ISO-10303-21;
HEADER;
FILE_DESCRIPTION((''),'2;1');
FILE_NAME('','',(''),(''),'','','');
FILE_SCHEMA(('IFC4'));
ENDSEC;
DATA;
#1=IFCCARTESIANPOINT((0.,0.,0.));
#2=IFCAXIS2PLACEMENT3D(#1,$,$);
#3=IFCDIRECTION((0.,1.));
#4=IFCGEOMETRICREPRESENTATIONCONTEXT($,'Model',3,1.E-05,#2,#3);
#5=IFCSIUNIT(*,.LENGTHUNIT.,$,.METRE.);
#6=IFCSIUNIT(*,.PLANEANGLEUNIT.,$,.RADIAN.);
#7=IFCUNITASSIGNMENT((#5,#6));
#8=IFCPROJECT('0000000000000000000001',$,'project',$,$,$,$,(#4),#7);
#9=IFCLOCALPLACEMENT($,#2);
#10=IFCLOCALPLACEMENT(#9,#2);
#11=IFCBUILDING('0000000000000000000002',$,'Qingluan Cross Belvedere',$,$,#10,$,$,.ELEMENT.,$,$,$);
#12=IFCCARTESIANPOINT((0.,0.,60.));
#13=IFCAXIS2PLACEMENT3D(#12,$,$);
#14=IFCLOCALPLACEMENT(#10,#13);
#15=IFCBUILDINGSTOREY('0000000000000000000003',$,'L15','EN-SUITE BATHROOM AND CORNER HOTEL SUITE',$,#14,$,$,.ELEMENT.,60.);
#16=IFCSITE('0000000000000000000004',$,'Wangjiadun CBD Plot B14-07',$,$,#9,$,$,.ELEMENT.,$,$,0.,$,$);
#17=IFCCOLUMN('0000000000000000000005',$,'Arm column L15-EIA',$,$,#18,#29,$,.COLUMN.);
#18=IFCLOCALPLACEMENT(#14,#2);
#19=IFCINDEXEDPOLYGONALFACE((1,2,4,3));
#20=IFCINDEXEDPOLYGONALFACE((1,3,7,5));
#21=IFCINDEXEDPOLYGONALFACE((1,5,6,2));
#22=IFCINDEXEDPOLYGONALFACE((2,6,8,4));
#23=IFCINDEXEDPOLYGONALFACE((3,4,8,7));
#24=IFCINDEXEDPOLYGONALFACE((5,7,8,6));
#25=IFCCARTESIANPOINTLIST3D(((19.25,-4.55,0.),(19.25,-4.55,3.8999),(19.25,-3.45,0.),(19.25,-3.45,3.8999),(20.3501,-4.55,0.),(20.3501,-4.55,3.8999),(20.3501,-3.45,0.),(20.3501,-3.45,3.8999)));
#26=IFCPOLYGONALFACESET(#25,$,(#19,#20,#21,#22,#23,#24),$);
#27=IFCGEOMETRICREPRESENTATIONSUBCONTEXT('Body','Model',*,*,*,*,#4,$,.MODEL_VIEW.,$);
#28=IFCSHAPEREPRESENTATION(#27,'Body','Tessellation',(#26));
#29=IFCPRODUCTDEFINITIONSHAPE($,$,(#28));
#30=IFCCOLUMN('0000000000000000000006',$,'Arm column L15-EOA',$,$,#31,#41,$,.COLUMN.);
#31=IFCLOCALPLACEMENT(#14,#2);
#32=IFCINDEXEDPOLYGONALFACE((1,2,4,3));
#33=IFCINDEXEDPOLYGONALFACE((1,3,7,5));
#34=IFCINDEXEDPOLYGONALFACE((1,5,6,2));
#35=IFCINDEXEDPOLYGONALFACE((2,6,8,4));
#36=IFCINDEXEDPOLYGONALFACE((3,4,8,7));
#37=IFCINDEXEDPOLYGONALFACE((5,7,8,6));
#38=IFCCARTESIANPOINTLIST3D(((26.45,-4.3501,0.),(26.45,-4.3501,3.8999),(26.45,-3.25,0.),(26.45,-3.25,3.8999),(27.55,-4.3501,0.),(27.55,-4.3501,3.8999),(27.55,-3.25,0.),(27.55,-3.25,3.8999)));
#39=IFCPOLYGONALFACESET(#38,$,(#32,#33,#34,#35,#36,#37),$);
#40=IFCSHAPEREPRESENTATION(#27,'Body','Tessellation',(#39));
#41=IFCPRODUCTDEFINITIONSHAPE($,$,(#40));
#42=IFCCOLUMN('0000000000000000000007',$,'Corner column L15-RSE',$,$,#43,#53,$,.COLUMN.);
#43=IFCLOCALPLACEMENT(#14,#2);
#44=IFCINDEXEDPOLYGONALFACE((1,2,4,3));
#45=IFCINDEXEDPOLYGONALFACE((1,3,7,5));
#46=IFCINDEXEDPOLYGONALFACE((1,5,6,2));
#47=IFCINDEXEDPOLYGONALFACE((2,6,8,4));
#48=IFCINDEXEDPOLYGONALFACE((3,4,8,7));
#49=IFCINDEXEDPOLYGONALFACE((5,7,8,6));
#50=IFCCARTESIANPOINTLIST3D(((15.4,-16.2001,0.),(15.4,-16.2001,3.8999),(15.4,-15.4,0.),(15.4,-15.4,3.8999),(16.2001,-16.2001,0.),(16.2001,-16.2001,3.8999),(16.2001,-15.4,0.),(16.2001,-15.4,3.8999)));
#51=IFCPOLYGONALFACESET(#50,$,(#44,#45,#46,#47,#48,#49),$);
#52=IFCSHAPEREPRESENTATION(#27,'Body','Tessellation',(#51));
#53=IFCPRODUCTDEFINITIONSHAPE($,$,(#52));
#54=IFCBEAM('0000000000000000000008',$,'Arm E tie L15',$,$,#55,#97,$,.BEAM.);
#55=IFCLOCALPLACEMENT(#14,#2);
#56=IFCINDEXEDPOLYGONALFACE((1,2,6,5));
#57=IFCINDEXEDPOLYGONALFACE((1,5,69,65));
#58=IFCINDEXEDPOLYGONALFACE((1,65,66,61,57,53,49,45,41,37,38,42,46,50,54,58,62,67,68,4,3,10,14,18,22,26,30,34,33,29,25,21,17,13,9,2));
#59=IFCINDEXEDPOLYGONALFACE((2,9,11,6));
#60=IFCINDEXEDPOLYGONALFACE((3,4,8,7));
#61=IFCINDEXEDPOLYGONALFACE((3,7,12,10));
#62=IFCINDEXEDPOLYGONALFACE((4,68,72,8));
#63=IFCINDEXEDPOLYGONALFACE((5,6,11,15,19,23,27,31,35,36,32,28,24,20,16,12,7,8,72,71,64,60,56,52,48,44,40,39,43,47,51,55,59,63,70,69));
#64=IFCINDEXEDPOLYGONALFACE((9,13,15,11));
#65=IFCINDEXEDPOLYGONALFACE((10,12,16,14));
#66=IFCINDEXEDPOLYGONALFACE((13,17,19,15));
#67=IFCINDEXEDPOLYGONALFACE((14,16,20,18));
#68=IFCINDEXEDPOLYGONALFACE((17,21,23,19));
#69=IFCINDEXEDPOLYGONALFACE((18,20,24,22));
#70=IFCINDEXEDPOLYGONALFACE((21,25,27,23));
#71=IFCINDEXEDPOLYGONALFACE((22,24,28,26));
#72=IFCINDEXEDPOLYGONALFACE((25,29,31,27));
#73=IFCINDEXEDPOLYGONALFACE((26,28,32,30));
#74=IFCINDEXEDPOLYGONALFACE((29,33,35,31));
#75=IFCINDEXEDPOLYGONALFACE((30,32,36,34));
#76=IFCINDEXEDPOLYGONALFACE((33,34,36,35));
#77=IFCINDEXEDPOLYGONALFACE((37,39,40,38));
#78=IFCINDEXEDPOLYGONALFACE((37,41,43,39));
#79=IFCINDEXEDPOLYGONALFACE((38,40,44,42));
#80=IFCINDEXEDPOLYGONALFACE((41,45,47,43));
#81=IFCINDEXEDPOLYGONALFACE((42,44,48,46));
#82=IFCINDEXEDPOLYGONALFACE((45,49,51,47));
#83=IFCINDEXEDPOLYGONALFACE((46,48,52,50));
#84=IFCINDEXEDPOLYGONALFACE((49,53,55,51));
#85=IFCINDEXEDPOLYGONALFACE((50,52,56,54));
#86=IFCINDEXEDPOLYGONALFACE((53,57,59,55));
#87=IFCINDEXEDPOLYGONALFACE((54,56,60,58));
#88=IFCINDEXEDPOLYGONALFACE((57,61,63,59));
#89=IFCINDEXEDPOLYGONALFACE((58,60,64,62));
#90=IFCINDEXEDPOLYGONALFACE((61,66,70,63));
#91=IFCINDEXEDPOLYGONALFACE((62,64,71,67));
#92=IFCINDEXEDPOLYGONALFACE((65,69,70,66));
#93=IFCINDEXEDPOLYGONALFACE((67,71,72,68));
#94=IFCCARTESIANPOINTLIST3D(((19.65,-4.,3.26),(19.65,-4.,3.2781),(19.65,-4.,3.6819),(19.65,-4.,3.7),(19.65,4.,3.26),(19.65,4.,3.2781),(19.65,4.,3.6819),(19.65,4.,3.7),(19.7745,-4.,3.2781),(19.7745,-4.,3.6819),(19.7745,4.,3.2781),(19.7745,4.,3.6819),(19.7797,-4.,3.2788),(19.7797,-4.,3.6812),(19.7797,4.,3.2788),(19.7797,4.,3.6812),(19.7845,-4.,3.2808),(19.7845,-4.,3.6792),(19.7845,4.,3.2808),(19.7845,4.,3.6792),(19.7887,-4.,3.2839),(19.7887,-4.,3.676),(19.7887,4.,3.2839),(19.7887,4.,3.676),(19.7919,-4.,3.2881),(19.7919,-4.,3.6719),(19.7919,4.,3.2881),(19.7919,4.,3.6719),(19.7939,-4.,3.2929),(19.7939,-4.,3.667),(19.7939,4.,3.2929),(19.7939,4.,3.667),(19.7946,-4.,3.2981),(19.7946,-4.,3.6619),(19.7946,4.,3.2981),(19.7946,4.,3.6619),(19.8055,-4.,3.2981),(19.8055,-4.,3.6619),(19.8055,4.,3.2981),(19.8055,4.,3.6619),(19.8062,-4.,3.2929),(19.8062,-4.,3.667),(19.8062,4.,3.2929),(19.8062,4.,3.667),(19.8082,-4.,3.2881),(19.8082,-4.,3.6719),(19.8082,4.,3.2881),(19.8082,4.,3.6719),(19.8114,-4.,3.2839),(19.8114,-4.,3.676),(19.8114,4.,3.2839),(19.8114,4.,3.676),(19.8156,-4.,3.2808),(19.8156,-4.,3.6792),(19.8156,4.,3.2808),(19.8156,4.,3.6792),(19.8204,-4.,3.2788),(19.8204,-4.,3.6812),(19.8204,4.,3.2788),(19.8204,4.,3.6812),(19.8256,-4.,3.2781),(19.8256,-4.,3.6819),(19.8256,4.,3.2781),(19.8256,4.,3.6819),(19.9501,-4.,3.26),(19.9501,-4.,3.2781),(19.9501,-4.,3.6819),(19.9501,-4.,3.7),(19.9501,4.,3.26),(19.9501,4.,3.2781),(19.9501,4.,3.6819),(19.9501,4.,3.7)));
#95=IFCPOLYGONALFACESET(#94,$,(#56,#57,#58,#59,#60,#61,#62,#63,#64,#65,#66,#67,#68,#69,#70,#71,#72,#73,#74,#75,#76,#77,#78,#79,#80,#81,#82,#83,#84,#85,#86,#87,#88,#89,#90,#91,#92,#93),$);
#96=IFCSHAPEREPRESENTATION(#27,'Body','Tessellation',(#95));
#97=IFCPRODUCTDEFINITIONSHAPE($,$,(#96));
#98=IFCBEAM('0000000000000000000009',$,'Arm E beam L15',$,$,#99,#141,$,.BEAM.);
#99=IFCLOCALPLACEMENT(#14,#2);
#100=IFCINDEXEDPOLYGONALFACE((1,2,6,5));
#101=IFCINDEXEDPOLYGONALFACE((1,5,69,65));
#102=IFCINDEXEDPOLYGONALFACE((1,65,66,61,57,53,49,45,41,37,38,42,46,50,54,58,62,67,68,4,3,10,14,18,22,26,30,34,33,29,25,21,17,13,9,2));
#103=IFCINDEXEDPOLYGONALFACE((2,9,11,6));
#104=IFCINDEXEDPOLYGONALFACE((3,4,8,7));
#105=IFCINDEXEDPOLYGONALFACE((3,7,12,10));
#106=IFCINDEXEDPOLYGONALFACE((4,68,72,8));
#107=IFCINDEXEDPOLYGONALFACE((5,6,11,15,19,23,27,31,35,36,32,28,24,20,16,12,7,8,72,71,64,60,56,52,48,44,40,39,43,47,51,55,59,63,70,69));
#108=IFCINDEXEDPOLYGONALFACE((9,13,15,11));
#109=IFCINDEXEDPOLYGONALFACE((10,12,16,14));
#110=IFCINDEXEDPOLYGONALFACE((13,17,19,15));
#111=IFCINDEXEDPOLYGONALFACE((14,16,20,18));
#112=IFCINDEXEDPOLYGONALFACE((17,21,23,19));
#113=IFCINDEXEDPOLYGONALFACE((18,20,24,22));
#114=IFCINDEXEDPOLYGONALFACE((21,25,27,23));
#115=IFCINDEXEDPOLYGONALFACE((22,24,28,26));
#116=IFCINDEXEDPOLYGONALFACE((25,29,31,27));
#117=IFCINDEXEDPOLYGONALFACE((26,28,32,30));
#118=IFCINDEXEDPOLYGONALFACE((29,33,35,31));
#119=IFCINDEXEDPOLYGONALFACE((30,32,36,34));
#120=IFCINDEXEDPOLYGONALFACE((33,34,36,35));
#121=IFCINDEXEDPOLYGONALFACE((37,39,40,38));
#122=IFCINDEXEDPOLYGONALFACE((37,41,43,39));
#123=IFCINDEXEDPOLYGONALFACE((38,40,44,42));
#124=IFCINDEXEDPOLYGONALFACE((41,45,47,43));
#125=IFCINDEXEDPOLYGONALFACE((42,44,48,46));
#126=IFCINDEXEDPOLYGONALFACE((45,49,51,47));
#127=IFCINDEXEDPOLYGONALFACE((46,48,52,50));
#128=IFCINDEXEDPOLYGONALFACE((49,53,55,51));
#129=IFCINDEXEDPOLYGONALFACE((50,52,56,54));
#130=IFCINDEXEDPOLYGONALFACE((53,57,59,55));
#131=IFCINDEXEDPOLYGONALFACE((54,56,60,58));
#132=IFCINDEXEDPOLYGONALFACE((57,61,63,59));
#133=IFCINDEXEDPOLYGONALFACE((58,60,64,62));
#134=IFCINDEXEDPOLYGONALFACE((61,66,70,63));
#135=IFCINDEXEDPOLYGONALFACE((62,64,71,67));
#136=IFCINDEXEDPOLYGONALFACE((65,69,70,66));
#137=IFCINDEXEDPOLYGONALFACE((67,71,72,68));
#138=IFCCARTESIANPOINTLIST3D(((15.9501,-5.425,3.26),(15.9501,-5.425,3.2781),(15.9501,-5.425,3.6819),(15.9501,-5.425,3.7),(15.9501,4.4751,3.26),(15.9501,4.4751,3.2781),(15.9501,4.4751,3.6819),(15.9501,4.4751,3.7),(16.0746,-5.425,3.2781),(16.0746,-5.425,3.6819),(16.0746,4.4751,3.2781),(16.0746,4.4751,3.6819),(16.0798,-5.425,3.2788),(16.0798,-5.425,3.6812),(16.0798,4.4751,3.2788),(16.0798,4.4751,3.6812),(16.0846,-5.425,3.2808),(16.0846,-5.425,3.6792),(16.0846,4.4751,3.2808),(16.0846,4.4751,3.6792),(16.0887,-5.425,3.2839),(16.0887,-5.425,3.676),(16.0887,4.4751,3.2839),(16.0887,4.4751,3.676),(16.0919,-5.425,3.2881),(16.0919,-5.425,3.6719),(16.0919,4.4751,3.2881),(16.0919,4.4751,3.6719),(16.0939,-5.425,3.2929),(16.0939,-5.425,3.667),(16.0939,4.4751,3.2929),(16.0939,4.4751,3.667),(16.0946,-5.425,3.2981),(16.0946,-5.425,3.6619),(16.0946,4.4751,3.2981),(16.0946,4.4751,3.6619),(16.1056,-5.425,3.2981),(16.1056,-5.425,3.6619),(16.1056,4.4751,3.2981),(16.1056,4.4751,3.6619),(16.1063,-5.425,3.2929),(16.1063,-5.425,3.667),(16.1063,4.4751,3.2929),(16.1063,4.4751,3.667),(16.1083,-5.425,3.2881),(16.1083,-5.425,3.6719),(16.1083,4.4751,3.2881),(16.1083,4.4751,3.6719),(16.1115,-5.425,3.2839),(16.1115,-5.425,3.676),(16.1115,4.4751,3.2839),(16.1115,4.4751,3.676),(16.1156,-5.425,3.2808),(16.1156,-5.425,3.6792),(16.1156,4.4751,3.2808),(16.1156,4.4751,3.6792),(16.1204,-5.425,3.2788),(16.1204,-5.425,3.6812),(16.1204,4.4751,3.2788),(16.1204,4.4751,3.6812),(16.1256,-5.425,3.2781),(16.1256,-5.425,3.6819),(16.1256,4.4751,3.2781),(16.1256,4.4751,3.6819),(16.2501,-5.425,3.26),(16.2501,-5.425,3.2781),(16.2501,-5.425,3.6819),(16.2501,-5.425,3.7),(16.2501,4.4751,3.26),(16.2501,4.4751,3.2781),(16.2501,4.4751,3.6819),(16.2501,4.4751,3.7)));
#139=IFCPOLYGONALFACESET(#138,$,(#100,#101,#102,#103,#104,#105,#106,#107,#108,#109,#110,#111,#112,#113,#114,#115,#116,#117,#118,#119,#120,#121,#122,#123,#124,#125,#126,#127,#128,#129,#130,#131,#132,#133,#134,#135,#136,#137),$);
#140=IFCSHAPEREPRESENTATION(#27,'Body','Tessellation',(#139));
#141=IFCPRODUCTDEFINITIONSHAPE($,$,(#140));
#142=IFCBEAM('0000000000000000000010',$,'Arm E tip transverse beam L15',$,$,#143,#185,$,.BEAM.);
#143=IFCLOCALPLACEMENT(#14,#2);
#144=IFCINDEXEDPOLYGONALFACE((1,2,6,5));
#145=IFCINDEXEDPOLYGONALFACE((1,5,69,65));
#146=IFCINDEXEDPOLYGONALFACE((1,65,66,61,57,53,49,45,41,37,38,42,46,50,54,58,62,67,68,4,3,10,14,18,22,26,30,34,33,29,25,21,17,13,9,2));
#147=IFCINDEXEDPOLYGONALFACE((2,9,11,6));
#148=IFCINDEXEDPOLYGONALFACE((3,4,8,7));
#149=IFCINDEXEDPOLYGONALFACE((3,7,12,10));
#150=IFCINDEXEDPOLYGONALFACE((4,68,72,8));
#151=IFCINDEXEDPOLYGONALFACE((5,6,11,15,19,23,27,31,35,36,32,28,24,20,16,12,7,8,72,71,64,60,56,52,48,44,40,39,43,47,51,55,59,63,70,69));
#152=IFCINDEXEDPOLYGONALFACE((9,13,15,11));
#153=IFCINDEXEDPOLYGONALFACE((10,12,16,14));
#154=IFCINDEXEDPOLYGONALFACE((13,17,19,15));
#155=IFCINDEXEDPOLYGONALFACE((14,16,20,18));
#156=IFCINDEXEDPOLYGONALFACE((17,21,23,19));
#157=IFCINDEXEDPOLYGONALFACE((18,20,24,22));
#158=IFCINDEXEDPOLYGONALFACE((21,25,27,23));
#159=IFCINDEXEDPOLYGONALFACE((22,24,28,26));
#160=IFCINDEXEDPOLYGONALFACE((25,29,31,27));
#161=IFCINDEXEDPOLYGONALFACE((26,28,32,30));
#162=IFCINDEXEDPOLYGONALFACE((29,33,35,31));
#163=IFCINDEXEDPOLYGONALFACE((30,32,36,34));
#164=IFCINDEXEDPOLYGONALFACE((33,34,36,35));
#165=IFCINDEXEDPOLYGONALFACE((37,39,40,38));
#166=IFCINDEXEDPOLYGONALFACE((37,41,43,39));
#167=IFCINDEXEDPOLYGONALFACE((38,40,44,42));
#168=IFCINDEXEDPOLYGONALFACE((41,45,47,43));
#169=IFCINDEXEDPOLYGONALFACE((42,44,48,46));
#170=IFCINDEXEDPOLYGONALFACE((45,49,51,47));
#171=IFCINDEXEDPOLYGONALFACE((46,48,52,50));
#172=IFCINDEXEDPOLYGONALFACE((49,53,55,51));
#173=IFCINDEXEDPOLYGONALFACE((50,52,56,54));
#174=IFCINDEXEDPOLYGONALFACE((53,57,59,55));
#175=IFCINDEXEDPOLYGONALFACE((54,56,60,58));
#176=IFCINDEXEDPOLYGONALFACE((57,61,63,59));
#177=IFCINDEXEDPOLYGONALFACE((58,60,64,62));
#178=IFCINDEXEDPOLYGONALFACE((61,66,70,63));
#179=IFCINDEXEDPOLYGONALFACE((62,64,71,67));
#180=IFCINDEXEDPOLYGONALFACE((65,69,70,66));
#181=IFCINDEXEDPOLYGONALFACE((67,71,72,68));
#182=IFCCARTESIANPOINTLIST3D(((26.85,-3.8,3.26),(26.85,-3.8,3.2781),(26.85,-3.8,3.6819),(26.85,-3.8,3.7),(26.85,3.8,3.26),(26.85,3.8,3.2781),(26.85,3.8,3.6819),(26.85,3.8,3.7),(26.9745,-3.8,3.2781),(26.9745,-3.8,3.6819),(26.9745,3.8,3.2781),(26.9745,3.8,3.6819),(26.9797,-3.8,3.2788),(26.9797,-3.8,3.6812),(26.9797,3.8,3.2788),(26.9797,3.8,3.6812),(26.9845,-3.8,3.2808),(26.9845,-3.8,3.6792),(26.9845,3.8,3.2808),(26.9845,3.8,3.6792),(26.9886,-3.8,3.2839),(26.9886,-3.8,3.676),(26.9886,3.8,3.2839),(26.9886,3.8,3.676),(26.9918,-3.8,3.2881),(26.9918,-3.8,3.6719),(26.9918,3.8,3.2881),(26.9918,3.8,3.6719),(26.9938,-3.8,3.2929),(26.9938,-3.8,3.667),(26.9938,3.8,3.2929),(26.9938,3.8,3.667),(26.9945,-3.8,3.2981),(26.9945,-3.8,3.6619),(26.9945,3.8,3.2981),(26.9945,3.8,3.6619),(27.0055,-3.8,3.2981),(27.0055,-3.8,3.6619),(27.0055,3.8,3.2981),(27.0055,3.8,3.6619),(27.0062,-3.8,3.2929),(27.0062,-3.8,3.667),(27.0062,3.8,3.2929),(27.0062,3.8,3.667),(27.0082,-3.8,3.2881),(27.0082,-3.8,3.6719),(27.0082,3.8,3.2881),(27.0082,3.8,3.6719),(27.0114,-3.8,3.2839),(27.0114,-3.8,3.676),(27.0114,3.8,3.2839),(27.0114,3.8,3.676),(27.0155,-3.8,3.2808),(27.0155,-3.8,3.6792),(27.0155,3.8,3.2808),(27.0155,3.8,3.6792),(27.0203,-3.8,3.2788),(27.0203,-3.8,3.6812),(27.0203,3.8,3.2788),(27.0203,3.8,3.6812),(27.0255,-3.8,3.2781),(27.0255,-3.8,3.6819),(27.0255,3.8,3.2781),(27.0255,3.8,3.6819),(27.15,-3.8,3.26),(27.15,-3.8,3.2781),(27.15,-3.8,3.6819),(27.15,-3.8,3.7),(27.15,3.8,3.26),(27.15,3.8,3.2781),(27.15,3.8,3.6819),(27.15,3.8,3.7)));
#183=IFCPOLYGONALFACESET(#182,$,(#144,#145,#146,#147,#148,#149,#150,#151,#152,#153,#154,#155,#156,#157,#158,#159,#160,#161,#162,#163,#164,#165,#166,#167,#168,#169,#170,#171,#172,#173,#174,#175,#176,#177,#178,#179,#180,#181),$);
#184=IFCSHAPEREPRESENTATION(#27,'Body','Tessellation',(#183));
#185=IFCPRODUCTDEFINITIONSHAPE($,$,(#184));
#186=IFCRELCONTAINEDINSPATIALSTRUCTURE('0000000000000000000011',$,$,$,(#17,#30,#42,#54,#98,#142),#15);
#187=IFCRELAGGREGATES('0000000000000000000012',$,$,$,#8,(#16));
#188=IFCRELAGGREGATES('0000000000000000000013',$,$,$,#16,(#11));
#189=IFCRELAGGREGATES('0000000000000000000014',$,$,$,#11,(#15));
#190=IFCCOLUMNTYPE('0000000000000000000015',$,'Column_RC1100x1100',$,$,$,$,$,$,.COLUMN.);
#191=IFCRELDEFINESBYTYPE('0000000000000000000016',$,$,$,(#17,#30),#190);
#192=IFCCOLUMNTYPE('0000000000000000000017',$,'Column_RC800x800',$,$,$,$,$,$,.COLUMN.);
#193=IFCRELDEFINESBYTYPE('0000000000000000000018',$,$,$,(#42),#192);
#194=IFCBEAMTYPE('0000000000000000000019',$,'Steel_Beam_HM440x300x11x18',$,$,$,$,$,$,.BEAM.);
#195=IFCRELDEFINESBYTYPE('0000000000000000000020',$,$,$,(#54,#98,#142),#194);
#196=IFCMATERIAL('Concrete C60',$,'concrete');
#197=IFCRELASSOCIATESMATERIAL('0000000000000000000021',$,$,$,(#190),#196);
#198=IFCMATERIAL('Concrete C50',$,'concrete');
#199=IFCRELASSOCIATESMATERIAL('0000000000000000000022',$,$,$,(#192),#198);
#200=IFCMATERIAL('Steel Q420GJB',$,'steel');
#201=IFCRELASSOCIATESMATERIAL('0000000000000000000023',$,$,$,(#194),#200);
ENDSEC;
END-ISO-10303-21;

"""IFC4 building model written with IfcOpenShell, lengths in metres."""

from ifc_helpers import new_model, si_unit, direction, frame, origin, origin_2d, place, context, subcontext, project, spatial, rectangle, i_section, extrude, material, material_profile, profile_set, type_object, element, save


model = new_model("IFC4")

# Units and contexts
model_context = context("Model", 3, precision=1e-05, world=origin(), true_north=direction((0.0, 1.0)))
body_context = subcontext(model_context, "Body", "Model", "MODEL_VIEW")
ifc_project = project(units=[si_unit("LENGTHUNIT", "METRE"), si_unit("PLANEANGLEUNIT", "RADIAN")], contexts=[model_context])

# Site, building, storey
site_placement = place(None, origin())
site = spatial("IfcSite", under=ifc_project, at=site_placement, Name="Wangjiadun CBD Plot B14-07", CompositionType="ELEMENT", RefElevation=0.0)
building_placement = place(site_placement, origin())
building = spatial("IfcBuilding", under=site, at=building_placement, Name="Qingluan Cross Belvedere", CompositionType="ELEMENT")
storey_placement = place(building_placement, frame((0.0, 0.0, 60.0)))
storey = spatial("IfcBuildingStorey", under=building, at=storey_placement, Name="L15", Description="EN-SUITE BATHROOM AND CORNER HOTEL SUITE", CompositionType="ELEMENT", Elevation=60.0)

# Columns
ifc_material_1 = material(Name="Concrete C60", Category="concrete")
ifc_material_profile_1 = material_profile(ifc_material_1, rectangle(XDim=1.1001, YDim=1.1001, at=origin_2d()), Name="RC1100x1100")
ifc_profile_set_1 = profile_set([ifc_material_profile_1], Name="Concrete C60")
column_type_1 = type_object("IfcColumnType", Name="Column_RC1100x1100", PredefinedType="COLUMN", material=ifc_profile_set_1)
for number, where, z_axis, x_axis, name in (
    (1, (19.8, -4.0, 0.0), (0.0, 0.0, 1.0), (1.0, 0.0, 0.0), "Arm column L15-EIA"),
    (2, (27.0, -3.8, 0.0), (0.0, 0.0, 1.0), (1.0, 0.0, 0.0), "Arm column L15-EOA"),
):
    element("IfcColumn", number, at=place(storey_placement, frame(where, z_axis=z_axis, x_axis=x_axis)), inside=storey, type_object=column_type_1, Name=name, PredefinedType="COLUMN", context=body_context, shape_type="SweptSolid", body=[
        extrude(rectangle(XDim=1.1001, YDim=1.1001, at=origin_2d()), origin(), (0.0, 0.0, 1.0), 3.8999),
    ])
ifc_material_2 = material(Name="Concrete C50", Category="concrete")
ifc_material_profile_2 = material_profile(ifc_material_2, rectangle(XDim=0.8, YDim=0.8, at=origin_2d()), Name="RC800x800")
ifc_profile_set_2 = profile_set([ifc_material_profile_2], Name="Concrete C50")
column_type_2 = type_object("IfcColumnType", Name="Column_RC800x800", PredefinedType="COLUMN", material=ifc_profile_set_2)
column_placement = place(storey_placement, frame((15.8, -15.8, 0.0), z_axis=(0.0, 0.0, 1.0), x_axis=(1.0, 0.0, 0.0)))
element("IfcColumn", 3, at=column_placement, inside=storey, type_object=column_type_2, Name="Corner column L15-RSE", PredefinedType="COLUMN", context=body_context, shape_type="SweptSolid", body=[
    extrude(rectangle(XDim=0.8, YDim=0.8, at=origin_2d()), origin(), (0.0, 0.0, 1.0), 3.8999),
])

# Beams
ifc_material_3 = material(Name="Steel Q420GJB", Category="steel")
ifc_material_profile_3 = material_profile(ifc_material_3, i_section(OverallWidth=0.3, OverallDepth=0.4399, WebThickness=0.011, FlangeThickness=0.0181, FilletRadius=0.02, at=origin_2d()), Name="HM440x300x11x18")
ifc_profile_set_3 = profile_set([ifc_material_profile_3], Name="Steel Q420GJB")
beam_type_1 = type_object("IfcBeamType", Name="Steel_Beam_HM440x300x11x18", PredefinedType="BEAM", material=ifc_profile_set_3)
beam_1_placement = place(storey_placement, frame((19.8, -4.0, 3.48), z_axis=(0.0, 1.0, 0.0), x_axis=(-1.0, 0.0, 0.0)))
element("IfcBeam", 4, at=beam_1_placement, inside=storey, type_object=beam_type_1, Name="Arm E tie L15", PredefinedType="BEAM", context=body_context, shape_type="SweptSolid", body=[
    extrude(i_section(OverallWidth=0.3, OverallDepth=0.4399, WebThickness=0.011, FlangeThickness=0.0181, FilletRadius=0.02, at=origin_2d()), origin(), (0.0, 0.0, 1.0), 8.0),
])
beam_2_placement = place(storey_placement, frame((16.1001, -5.425, 3.48), z_axis=(0.0, 1.0, 0.0), x_axis=(-1.0, 0.0, 0.0)))
element("IfcBeam", 5, at=beam_2_placement, inside=storey, type_object=beam_type_1, Name="Arm E beam L15", PredefinedType="BEAM", context=body_context, shape_type="SweptSolid", body=[
    extrude(i_section(OverallWidth=0.3, OverallDepth=0.4399, WebThickness=0.011, FlangeThickness=0.0181, FilletRadius=0.02, at=origin_2d()), origin(), (0.0, 0.0, 1.0), 9.9001),
])
beam_3_placement = place(storey_placement, frame((27.0, -3.8, 3.48), z_axis=(0.0, 1.0, 0.0), x_axis=(-1.0, 0.0, 0.0)))
element("IfcBeam", 6, at=beam_3_placement, inside=storey, type_object=beam_type_1, Name="Arm E tip transverse beam L15", PredefinedType="BEAM", context=body_context, shape_type="SweptSolid", body=[
    extrude(i_section(OverallWidth=0.3, OverallDepth=0.4399, WebThickness=0.011, FlangeThickness=0.0181, FilletRadius=0.02, at=origin_2d()), origin(), (0.0, 0.0, 1.0), 7.6001),
])

save(model, "model.ifc")
